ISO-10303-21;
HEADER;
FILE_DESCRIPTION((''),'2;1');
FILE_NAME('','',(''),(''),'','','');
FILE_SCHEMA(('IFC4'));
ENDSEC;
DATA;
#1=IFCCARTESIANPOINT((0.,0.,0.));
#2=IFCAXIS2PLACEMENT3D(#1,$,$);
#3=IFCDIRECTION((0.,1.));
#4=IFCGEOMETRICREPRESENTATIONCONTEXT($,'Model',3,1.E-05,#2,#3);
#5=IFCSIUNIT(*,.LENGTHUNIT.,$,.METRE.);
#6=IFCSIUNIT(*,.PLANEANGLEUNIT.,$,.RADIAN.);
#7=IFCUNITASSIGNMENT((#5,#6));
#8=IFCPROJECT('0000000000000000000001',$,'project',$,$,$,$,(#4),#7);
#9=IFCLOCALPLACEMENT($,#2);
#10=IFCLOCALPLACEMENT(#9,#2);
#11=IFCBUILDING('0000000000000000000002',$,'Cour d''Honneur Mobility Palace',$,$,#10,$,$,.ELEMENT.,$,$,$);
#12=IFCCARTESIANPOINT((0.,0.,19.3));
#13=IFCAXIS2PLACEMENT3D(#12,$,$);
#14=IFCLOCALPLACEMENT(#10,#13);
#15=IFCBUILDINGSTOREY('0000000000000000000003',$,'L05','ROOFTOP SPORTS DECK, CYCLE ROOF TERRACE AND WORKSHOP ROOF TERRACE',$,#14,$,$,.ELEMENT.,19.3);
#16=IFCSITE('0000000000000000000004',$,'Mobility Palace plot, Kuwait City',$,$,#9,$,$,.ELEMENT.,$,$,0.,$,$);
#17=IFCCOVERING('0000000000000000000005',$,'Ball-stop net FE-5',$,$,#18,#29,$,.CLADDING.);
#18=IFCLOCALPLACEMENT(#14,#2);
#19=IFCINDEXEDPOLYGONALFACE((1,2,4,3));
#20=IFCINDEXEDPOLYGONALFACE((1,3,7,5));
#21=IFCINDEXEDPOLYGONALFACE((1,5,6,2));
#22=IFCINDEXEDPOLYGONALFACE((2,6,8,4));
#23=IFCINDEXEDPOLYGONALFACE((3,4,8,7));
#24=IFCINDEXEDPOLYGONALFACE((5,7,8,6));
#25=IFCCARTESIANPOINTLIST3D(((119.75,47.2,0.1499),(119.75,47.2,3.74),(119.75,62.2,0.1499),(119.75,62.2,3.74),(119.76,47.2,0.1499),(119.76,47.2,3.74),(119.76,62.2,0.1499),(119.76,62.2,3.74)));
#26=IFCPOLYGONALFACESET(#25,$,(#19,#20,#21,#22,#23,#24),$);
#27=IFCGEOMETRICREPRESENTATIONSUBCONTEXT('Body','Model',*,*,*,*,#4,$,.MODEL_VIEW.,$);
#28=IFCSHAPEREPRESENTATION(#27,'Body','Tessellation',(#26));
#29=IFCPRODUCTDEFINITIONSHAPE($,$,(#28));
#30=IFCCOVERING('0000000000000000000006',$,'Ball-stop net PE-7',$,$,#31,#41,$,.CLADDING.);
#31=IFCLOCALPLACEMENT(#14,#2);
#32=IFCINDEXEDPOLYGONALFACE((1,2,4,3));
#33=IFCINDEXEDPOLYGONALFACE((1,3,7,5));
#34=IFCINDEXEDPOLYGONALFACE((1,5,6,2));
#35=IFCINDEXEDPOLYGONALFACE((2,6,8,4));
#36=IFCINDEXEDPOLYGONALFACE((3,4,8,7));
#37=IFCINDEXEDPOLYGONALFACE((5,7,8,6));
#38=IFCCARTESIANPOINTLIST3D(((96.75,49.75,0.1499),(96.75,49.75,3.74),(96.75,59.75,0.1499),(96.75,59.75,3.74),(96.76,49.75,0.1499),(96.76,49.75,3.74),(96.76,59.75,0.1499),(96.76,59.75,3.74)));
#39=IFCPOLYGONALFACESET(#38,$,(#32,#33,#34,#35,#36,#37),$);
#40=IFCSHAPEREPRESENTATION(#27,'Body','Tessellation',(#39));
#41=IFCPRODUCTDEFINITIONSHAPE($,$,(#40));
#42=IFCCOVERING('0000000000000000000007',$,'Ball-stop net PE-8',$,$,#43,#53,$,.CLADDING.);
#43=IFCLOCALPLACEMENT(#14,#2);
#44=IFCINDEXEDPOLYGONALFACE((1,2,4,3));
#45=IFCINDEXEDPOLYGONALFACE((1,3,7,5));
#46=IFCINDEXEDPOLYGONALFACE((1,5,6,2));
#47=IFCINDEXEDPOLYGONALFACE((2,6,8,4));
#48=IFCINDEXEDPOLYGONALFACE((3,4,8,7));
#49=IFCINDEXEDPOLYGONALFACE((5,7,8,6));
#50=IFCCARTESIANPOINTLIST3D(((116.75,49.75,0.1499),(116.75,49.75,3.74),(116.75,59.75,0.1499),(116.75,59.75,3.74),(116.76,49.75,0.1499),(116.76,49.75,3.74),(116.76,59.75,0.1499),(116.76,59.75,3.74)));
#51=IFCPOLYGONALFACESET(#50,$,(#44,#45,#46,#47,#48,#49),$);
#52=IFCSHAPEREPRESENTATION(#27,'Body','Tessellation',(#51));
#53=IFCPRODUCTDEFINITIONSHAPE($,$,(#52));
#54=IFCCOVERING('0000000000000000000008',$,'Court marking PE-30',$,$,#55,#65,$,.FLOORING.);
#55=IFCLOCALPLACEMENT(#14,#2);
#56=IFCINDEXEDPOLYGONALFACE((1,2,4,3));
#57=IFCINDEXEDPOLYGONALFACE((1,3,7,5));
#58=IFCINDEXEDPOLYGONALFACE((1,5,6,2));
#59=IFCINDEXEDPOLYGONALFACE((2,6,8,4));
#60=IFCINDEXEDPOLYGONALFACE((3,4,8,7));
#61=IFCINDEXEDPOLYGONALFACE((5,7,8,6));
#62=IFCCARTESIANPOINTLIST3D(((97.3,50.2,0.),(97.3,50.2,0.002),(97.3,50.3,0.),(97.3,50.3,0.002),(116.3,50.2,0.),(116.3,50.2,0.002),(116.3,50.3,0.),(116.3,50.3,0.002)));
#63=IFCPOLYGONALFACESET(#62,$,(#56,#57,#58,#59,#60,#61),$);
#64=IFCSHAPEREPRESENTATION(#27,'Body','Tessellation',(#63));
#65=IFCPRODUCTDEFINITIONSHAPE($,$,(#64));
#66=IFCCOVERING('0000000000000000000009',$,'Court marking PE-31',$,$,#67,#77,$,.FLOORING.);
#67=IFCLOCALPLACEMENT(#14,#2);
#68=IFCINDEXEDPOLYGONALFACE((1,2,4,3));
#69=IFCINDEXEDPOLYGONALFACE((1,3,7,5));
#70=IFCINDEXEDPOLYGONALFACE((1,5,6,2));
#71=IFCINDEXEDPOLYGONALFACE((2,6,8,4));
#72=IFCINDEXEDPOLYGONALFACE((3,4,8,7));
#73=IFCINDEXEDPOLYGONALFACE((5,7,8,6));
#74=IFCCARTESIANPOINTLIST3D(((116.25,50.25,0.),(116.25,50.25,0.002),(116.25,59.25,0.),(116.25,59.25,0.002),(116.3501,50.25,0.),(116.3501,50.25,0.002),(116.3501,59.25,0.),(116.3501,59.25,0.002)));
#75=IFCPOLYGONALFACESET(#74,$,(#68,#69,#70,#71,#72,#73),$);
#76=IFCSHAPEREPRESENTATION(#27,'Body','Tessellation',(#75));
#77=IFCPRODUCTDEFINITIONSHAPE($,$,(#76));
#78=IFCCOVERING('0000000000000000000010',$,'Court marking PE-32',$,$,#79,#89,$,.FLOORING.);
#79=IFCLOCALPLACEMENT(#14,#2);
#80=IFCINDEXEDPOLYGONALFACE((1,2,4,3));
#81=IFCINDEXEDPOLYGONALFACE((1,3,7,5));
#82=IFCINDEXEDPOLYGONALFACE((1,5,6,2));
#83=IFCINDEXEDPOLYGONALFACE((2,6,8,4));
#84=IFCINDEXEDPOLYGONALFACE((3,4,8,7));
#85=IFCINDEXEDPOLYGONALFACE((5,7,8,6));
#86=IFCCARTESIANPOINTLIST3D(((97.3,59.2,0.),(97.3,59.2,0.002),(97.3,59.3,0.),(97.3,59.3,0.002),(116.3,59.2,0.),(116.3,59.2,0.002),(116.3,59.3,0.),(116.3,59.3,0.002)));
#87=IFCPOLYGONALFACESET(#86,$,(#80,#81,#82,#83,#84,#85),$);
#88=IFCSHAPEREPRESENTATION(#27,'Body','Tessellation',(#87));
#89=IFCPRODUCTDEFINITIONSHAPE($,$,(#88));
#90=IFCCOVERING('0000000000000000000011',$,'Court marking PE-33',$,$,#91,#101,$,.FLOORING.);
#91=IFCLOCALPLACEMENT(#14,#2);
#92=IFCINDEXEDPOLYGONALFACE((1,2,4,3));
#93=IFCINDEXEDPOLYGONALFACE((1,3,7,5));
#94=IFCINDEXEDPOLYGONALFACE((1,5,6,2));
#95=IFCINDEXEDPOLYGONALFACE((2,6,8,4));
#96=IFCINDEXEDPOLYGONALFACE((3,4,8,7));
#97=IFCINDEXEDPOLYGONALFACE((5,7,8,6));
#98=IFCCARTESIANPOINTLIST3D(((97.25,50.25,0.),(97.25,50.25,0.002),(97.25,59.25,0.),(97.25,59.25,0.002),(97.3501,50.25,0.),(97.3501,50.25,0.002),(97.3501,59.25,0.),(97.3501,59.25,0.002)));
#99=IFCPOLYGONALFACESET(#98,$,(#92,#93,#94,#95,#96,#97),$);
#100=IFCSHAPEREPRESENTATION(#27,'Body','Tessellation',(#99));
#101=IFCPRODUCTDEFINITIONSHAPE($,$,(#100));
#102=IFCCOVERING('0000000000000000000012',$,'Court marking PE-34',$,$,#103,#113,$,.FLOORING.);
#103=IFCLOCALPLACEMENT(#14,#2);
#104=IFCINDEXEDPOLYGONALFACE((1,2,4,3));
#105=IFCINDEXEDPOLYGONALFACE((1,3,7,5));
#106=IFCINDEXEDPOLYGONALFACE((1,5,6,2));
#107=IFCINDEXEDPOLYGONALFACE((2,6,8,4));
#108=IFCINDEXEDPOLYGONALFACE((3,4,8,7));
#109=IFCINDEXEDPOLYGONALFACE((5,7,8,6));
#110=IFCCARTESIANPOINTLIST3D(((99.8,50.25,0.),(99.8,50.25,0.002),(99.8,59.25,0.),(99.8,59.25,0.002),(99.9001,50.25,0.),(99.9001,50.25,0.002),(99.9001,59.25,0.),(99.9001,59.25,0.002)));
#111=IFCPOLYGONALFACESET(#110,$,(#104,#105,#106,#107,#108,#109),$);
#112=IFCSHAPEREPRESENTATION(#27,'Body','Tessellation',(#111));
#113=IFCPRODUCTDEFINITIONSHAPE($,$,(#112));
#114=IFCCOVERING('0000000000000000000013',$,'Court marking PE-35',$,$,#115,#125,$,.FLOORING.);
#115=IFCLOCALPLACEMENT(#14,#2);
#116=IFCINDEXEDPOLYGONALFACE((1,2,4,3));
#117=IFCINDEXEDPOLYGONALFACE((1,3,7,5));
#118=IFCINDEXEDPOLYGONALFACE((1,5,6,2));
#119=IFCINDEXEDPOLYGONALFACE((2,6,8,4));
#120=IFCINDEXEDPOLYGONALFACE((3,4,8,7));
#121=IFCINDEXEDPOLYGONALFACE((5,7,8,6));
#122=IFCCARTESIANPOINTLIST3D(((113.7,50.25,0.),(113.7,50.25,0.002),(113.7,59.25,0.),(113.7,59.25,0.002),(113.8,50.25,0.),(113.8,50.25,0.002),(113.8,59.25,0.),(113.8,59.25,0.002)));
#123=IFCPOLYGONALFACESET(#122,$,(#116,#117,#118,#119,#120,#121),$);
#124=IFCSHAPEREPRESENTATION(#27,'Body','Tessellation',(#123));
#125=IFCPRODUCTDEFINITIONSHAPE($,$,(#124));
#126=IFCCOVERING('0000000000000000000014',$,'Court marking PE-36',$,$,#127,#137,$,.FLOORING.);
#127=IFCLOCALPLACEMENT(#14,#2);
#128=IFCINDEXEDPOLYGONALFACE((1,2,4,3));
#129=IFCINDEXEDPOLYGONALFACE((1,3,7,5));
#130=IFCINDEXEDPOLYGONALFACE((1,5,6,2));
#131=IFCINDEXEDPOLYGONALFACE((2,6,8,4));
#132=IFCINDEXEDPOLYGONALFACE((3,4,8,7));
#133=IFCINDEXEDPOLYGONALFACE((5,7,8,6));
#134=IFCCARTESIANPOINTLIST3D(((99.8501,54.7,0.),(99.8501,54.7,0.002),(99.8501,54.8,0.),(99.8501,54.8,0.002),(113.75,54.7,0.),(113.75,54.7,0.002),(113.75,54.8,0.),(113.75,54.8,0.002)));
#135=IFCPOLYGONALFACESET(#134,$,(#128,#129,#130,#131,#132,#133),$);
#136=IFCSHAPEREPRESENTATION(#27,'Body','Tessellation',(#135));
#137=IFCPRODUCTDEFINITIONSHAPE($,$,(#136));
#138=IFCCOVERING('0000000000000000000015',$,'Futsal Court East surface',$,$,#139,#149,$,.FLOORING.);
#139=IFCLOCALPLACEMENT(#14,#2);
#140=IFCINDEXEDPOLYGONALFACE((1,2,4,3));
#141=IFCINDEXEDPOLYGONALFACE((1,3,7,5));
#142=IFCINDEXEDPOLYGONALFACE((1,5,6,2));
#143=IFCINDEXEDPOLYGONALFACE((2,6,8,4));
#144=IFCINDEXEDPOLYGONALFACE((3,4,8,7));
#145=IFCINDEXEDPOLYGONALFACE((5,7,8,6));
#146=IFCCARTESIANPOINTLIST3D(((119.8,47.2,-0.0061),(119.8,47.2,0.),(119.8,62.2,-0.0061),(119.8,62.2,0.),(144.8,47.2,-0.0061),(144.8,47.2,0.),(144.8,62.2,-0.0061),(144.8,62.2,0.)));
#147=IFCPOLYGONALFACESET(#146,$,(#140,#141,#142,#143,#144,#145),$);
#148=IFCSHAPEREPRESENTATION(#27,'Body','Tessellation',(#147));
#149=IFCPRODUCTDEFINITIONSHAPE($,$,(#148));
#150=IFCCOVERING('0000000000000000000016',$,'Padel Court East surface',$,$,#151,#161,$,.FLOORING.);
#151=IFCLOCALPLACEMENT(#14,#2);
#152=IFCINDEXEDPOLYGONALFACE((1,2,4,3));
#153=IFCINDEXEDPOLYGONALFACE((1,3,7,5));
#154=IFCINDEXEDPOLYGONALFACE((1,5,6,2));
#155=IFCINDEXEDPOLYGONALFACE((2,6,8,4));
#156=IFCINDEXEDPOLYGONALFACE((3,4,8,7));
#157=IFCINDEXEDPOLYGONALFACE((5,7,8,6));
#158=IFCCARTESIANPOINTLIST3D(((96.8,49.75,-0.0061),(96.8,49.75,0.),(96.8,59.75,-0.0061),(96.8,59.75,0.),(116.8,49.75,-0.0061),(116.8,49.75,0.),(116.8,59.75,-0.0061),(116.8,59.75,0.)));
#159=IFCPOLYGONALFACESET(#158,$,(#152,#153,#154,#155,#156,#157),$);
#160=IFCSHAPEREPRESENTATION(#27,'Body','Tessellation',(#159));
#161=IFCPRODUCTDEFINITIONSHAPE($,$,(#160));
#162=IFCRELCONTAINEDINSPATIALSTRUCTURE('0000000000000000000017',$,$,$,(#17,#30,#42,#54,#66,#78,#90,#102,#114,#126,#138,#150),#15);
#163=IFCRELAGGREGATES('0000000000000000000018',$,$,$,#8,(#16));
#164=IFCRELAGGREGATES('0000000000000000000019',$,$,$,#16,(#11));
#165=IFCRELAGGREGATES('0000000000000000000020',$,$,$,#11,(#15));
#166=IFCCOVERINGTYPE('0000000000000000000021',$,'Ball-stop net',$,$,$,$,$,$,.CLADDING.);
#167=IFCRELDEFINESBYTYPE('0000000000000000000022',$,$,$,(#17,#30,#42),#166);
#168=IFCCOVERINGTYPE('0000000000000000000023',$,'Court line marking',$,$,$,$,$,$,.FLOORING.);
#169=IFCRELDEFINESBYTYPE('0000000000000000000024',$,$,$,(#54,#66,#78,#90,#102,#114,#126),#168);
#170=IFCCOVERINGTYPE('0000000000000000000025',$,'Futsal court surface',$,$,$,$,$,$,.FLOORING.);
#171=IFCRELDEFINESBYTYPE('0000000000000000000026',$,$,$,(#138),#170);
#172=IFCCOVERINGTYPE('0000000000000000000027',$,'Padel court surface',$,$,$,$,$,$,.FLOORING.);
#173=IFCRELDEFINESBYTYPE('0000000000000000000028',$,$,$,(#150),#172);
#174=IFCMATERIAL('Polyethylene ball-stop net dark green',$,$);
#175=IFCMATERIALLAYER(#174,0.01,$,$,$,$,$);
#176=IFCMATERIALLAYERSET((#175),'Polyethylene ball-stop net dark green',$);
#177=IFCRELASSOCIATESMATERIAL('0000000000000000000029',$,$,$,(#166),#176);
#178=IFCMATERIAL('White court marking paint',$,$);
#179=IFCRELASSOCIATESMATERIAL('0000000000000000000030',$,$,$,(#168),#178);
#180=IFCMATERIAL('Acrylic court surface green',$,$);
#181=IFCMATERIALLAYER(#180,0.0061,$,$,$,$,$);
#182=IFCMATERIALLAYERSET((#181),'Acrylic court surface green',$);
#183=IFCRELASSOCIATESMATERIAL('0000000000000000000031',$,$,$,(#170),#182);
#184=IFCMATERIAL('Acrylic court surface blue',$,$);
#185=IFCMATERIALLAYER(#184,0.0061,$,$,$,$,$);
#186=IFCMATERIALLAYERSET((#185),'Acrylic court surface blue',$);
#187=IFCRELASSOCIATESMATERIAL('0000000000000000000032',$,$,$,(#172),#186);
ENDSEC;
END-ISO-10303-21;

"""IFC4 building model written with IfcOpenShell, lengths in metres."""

from ifc_helpers import new_model, si_unit, direction, frame, origin, origin_2d, place, context, subcontext, project, spatial, polyline, rectangle, outline, extrude, material, layer, layer_set, material_profile, profile_set, type_object, element, save


model = new_model("IFC4")

# Units and contexts
model_context = context("Model", 3, precision=1e-05, world=origin(), true_north=direction((0.0, 1.0)))
body_context = subcontext(model_context, "Body", "Model", "MODEL_VIEW")
ifc_project = project(units=[si_unit("LENGTHUNIT", "METRE"), si_unit("PLANEANGLEUNIT", "RADIAN")], contexts=[model_context])

# Site, building, storey
site_placement = place(None, origin())
site = spatial("IfcSite", under=ifc_project, at=site_placement, Name="Mobility Palace plot, Kuwait City", CompositionType="ELEMENT", RefElevation=0.0)
building_placement = place(site_placement, origin())
building = spatial("IfcBuilding", under=site, at=building_placement, Name="Cour d'Honneur Mobility Palace", CompositionType="ELEMENT")
storey_placement = place(building_placement, frame((0.0, 0.0, 19.3)))
storey = spatial("IfcBuildingStorey", under=building, at=storey_placement, Name="L05", Description="ROOFTOP SPORTS DECK, CYCLE ROOF TERRACE AND WORKSHOP ROOF TERRACE", CompositionType="ELEMENT", Elevation=19.3)

# Coverings
ifc_material_1 = material(Name="Polyethylene ball-stop net dark green")
ifc_layer_1 = layer(ifc_material_1, 0.01)
ifc_layer_set_1 = layer_set([ifc_layer_1], Name="Polyethylene ball-stop net dark green")
covering_type_1 = type_object("IfcCoveringType", Name="Ball-stop net", PredefinedType="CLADDING", material=ifc_layer_set_1)
covering_1_placement = place(storey_placement, frame((119.76, 47.2, 0.1499), z_axis=(1.0, 0.0, 0.0), x_axis=(0.0, 1.0, 0.0)))
element("IfcCovering", 1, at=covering_1_placement, inside=storey, type_object=covering_type_1, Name="Ball-stop net FE-5", PredefinedType="CLADDING", context=body_context, shape_type="SweptSolid", body=[
    extrude(outline(polyline([(0.0, 0.0), (15.0, 0.0), (15.0, 3.5901), (0.0, 3.5901), (0.0, 0.0)])), origin(), (0.0, 0.0, -1.0), 0.01),
])
for number, where, z_axis, x_axis, name in (
    (2, (96.76, 49.75, 0.1499), (1.0, 0.0, 0.0), (0.0, 1.0, 0.0), "Ball-stop net PE-7"),
    (3, (116.76, 49.75, 0.1499), (1.0, 0.0, 0.0), (0.0, 1.0, 0.0), "Ball-stop net PE-8"),
):
    element("IfcCovering", number, at=place(storey_placement, frame(where, z_axis=z_axis, x_axis=x_axis)), inside=storey, type_object=covering_type_1, Name=name, PredefinedType="CLADDING", context=body_context, shape_type="SweptSolid", body=[
        extrude(outline(polyline([(0.0, 0.0), (10.0, 0.0), (10.0, 3.5901), (0.0, 3.5901), (0.0, 0.0)])), origin(), (0.0, 0.0, -1.0), 0.01),
    ])
ifc_material_2 = material(Name="White court marking paint")
ifc_material_profile_1 = material_profile(ifc_material_2, rectangle(XDim=0.1001, YDim=0.002, at=origin_2d()), Name="Court line marking")
ifc_profile_set_1 = profile_set([ifc_material_profile_1], Name="White court marking paint")
covering_type_2 = type_object("IfcCoveringType", Name="Court line marking", PredefinedType="FLOORING", material=ifc_profile_set_1)
covering_2_placement = place(storey_placement, frame((97.3, 50.25, 0.001), z_axis=(1.0, 0.0, 0.0), x_axis=(0.0, 1.0, 0.0)))
element("IfcCovering", 4, at=covering_2_placement, inside=storey, type_object=covering_type_2, Name="Court marking PE-30", PredefinedType="FLOORING", context=body_context, shape_type="SweptSolid", body=[
    extrude(rectangle(XDim=0.1001, YDim=0.002, at=origin_2d()), origin(), (0.0, 0.0, 1.0), 19.0),
])
covering_3_placement = place(storey_placement, frame((116.3, 50.25, 0.001), z_axis=(0.0, 1.0, 0.0), x_axis=(-1.0, 0.0, 0.0)))
element("IfcCovering", 5, at=covering_3_placement, inside=storey, type_object=covering_type_2, Name="Court marking PE-31", PredefinedType="FLOORING", context=body_context, shape_type="SweptSolid", body=[
    extrude(rectangle(XDim=0.1001, YDim=0.002, at=origin_2d()), origin(), (0.0, 0.0, 1.0), 9.0),
])
covering_4_placement = place(storey_placement, frame((116.3, 59.25, 0.001), z_axis=(-1.0, 0.0, 0.0), x_axis=(0.0, -1.0, 0.0)))
element("IfcCovering", 6, at=covering_4_placement, inside=storey, type_object=covering_type_2, Name="Court marking PE-32", PredefinedType="FLOORING", context=body_context, shape_type="SweptSolid", body=[
    extrude(rectangle(XDim=0.1001, YDim=0.002, at=origin_2d()), origin(), (0.0, 0.0, 1.0), 19.0),
])
for number, where, z_axis, x_axis, name in (
    (7, (97.3, 59.25, 0.001), (0.0, -1.0, 0.0), (1.0, 0.0, 0.0), "Court marking PE-33"),
    (8, (99.8501, 50.25, 0.001), (0.0, 1.0, 0.0), (-1.0, 0.0, 0.0), "Court marking PE-34"),
    (9, (113.75, 50.25, 0.001), (0.0, 1.0, 0.0), (-1.0, 0.0, 0.0), "Court marking PE-35"),
):
    element("IfcCovering", number, at=place(storey_placement, frame(where, z_axis=z_axis, x_axis=x_axis)), inside=storey, type_object=covering_type_2, Name=name, PredefinedType="FLOORING", context=body_context, shape_type="SweptSolid", body=[
        extrude(rectangle(XDim=0.1001, YDim=0.002, at=origin_2d()), origin(), (0.0, 0.0, 1.0), 9.0),
    ])
covering_5_placement = place(storey_placement, frame((99.8501, 54.75, 0.001), z_axis=(1.0, 0.0, 0.0), x_axis=(0.0, 1.0, 0.0)))
element("IfcCovering", 10, at=covering_5_placement, inside=storey, type_object=covering_type_2, Name="Court marking PE-36", PredefinedType="FLOORING", context=body_context, shape_type="SweptSolid", body=[
    extrude(rectangle(XDim=0.1001, YDim=0.002, at=origin_2d()), origin(), (0.0, 0.0, 1.0), 13.8999),
])
ifc_material_3 = material(Name="Acrylic court surface green")
ifc_layer_2 = layer(ifc_material_3, 0.0061)
ifc_layer_set_2 = layer_set([ifc_layer_2], Name="Acrylic court surface green")
covering_type_3 = type_object("IfcCoveringType", Name="Futsal court surface", PredefinedType="FLOORING", material=ifc_layer_set_2)
covering_6_placement = place(storey_placement, frame((119.8, 47.2, 0.0), z_axis=(0.0, 0.0, 1.0), x_axis=(1.0, 0.0, 0.0)))
element("IfcCovering", 11, at=covering_6_placement, inside=storey, type_object=covering_type_3, Name="Futsal Court East surface", PredefinedType="FLOORING", context=body_context, shape_type="SweptSolid", body=[
    extrude(outline(polyline([(0.0, 0.0), (25.0, 0.0), (25.0, 15.0), (0.0, 15.0), (0.0, 0.0)])), origin(), (0.0, 0.0, -1.0), 0.0061),
])
ifc_material_4 = material(Name="Acrylic court surface blue")
ifc_layer_3 = layer(ifc_material_4, 0.0061)
ifc_layer_set_3 = layer_set([ifc_layer_3], Name="Acrylic court surface blue")
covering_type_4 = type_object("IfcCoveringType", Name="Padel court surface", PredefinedType="FLOORING", material=ifc_layer_set_3)
covering_7_placement = place(storey_placement, frame((96.8, 49.75, 0.0), z_axis=(0.0, 0.0, 1.0), x_axis=(1.0, 0.0, 0.0)))
element("IfcCovering", 12, at=covering_7_placement, inside=storey, type_object=covering_type_4, Name="Padel Court East surface", PredefinedType="FLOORING", context=body_context, shape_type="SweptSolid", body=[
    extrude(outline(polyline([(0.0, 0.0), (20.0, 0.0), (20.0, 10.0), (0.0, 10.0), (0.0, 0.0)])), origin(), (0.0, 0.0, -1.0), 0.0061),
])

save(model, "model.ifc")
